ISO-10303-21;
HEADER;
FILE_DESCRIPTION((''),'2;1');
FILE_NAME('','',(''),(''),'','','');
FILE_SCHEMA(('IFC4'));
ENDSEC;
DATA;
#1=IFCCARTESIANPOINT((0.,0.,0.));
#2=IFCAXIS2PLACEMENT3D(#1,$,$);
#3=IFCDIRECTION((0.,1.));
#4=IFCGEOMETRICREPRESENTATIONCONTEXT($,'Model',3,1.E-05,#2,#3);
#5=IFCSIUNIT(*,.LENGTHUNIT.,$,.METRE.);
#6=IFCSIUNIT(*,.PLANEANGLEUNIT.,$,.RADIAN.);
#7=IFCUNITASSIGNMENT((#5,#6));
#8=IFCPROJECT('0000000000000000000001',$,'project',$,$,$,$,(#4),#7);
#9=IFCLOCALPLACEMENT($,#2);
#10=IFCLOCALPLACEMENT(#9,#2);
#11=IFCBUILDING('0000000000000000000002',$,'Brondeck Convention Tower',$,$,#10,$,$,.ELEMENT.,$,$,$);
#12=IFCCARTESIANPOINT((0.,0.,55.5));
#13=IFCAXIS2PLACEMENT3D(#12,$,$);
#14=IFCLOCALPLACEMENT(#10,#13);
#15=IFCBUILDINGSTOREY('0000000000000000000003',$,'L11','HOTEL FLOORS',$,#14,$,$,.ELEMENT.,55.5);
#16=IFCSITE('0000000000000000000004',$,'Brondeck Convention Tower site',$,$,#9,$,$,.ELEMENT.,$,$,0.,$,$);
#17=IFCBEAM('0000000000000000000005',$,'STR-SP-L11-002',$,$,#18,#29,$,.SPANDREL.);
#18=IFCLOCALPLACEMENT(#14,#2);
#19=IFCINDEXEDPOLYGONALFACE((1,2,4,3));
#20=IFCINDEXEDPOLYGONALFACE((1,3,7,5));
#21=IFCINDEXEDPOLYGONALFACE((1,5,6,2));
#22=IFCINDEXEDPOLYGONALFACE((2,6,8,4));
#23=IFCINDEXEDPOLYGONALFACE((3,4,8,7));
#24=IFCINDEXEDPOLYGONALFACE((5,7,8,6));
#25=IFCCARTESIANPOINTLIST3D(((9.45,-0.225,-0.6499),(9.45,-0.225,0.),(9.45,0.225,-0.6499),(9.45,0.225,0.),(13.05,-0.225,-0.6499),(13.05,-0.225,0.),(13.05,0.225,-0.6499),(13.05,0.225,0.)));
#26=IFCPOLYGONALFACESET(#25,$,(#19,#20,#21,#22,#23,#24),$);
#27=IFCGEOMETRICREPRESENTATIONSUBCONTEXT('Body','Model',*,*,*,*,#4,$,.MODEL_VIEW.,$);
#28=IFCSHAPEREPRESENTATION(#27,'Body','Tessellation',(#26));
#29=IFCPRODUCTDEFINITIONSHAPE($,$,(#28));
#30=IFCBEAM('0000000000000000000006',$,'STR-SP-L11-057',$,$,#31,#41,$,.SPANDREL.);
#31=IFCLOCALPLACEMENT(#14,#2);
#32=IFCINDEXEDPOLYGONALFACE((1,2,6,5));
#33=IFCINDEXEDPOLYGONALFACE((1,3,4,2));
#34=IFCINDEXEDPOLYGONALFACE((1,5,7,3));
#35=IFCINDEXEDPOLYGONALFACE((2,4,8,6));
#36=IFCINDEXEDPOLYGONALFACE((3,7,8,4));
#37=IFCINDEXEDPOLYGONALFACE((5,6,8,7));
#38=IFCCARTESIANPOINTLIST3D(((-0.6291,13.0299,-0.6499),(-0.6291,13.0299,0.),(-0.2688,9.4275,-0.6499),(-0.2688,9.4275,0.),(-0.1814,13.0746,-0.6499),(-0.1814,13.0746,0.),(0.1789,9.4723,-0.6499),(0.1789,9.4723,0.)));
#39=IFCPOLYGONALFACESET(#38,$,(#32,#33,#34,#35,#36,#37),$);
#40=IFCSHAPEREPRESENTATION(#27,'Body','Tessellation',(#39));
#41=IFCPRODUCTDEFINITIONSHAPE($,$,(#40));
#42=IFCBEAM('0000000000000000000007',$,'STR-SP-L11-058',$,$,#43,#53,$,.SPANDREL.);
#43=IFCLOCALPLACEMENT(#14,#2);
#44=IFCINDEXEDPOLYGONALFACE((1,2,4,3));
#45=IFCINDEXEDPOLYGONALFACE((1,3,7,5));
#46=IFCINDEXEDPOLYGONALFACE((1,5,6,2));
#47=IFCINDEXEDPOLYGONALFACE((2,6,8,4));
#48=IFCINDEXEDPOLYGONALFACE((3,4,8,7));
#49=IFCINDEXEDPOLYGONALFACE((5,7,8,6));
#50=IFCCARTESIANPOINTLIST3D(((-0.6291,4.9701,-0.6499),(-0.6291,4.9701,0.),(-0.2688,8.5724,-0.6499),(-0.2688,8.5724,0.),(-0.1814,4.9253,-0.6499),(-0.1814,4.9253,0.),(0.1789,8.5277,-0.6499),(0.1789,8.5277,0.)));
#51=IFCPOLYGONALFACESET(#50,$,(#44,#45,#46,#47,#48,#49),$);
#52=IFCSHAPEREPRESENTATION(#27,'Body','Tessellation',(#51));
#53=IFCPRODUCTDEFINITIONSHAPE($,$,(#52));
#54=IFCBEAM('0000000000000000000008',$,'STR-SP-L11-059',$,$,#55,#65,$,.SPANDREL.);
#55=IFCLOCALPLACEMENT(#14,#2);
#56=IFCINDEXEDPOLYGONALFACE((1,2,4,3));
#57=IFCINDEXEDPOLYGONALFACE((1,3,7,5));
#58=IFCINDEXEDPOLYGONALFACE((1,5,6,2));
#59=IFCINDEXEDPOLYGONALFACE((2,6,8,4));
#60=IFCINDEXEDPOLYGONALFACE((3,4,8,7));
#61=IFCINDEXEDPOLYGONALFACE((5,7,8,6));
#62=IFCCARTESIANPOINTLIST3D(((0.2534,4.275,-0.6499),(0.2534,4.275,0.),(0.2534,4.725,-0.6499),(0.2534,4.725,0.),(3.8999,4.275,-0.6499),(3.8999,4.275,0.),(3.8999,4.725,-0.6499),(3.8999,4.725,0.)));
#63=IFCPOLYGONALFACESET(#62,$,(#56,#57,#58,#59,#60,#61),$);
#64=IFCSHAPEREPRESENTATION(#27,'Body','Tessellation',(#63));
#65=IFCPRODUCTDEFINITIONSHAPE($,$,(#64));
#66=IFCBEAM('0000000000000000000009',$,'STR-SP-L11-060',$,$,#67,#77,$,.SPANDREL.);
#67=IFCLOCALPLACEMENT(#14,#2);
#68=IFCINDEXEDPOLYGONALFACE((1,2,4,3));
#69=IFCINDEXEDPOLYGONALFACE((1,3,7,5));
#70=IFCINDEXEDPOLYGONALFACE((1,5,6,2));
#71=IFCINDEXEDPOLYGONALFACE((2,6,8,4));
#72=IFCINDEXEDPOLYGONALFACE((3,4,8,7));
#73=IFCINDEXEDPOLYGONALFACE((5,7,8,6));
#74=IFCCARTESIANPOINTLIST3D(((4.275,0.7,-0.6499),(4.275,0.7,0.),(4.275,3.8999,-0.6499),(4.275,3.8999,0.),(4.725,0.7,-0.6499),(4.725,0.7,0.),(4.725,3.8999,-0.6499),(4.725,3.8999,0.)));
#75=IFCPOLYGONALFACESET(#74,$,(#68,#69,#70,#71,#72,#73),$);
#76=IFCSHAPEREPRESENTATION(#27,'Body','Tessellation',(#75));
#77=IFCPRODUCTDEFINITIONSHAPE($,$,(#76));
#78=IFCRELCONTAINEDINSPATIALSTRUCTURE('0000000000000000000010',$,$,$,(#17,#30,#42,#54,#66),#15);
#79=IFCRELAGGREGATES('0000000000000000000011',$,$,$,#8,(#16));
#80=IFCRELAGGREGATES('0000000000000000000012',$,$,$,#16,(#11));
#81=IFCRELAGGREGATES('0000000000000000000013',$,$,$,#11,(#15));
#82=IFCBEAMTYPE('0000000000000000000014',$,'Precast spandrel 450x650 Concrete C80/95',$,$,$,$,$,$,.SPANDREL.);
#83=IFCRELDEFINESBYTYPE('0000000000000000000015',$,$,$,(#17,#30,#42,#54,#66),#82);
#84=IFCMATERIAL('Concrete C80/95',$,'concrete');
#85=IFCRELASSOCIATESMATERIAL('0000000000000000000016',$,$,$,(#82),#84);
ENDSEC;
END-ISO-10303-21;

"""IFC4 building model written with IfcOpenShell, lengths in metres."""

from ifc_helpers import new_model, si_unit, direction, frame, origin, origin_2d, place, context, subcontext, project, spatial, rectangle, extrude, material, material_profile, profile_set, type_object, element, save


model = new_model("IFC4")

# Units and contexts
model_context = context("Model", 3, precision=1e-05, world=origin(), true_north=direction((0.0, 1.0)))
body_context = subcontext(model_context, "Body", "Model", "MODEL_VIEW")
ifc_project = project(units=[si_unit("LENGTHUNIT", "METRE"), si_unit("PLANEANGLEUNIT", "RADIAN")], contexts=[model_context])

# Site, building, storey
site_placement = place(None, origin())
site = spatial("IfcSite", under=ifc_project, at=site_placement, Name="Brondeck Convention Tower site", CompositionType="ELEMENT", RefElevation=0.0)
building_placement = place(site_placement, origin())
building = spatial("IfcBuilding", under=site, at=building_placement, Name="Brondeck Convention Tower", CompositionType="ELEMENT")
storey_placement = place(building_placement, frame((0.0, 0.0, 55.5)))
storey = spatial("IfcBuildingStorey", under=building, at=storey_placement, Name="L11", Description="HOTEL FLOORS", CompositionType="ELEMENT", Elevation=55.5)

# Shared definitions
ifc_material_1 = material(Name="Concrete C80/95", Category="concrete")

# Beams
ifc_material_profile_1 = material_profile(ifc_material_1, rectangle(XDim=0.45, YDim=0.6499, at=origin_2d()), Name="Precast spandrel 450x650 Concrete C80/95")
ifc_profile_set_1 = profile_set([ifc_material_profile_1], Name="Concrete C80/95")
beam_type_1 = type_object("IfcBeamType", Name="Precast spandrel 450x650 Concrete C80/95", PredefinedType="SPANDREL", material=ifc_profile_set_1)
for number, where, z_axis, x_axis, name in (
    (1, (9.45, 0.0, -0.325), (1.0, 0.0, 0.0), (0.0, 1.0, 0.0), "STR-SP-L11-002"),
):
    element("IfcBeam", number, at=place(storey_placement, frame(where, z_axis=z_axis, x_axis=x_axis)), inside=storey, type_object=beam_type_1, Name=name, PredefinedType="SPANDREL", context=body_context, shape_type="SweptSolid", body=[
        extrude(rectangle(XDim=0.45, YDim=0.6499, at=origin_2d()), origin(), (0.0, 0.0, 1.0), 3.6001),
    ])
for number, where, z_axis, x_axis, name in (
    (2, (-0.4053, 13.0522, -0.325), (0.099537, -0.995034, 0.0), (0.995034, 0.099537, 0.0), "STR-SP-L11-057"),
    (3, (-0.0449, 8.55, -0.325), (-0.099537, -0.995034, 0.0), (0.995034, -0.099537, 0.0), "STR-SP-L11-058"),
):
    element("IfcBeam", number, at=place(storey_placement, frame(where, z_axis=z_axis, x_axis=x_axis)), inside=storey, type_object=beam_type_1, Name=name, PredefinedType="SPANDREL", context=body_context, shape_type="SweptSolid", body=[
        extrude(rectangle(XDim=0.45, YDim=0.6499, at=origin_2d()), origin(), (0.0, 0.0, 1.0), 3.6204),
    ])
beam_1_placement = place(storey_placement, frame((0.2534, 4.5, -0.325), z_axis=(1.0, 0.0, 0.0), x_axis=(0.0, 1.0, 0.0)))
element("IfcBeam", 4, at=beam_1_placement, inside=storey, type_object=beam_type_1, Name="STR-SP-L11-059", PredefinedType="SPANDREL", context=body_context, shape_type="SweptSolid", body=[
    extrude(rectangle(XDim=0.45, YDim=0.6499, at=origin_2d()), origin(), (0.0, 0.0, 1.0), 3.6465),
])
beam_2_placement = place(storey_placement, frame((4.5, 3.8999, -0.325), z_axis=(0.0, -1.0, 0.0), x_axis=(1.0, 0.0, 0.0)))
element("IfcBeam", 5, at=beam_2_placement, inside=storey, type_object=beam_type_1, Name="STR-SP-L11-060", PredefinedType="SPANDREL", context=body_context, shape_type="SweptSolid", body=[
    extrude(rectangle(XDim=0.45, YDim=0.6499, at=origin_2d()), origin(), (0.0, 0.0, 1.0), 3.2),
])

save(model, "model.ifc")
